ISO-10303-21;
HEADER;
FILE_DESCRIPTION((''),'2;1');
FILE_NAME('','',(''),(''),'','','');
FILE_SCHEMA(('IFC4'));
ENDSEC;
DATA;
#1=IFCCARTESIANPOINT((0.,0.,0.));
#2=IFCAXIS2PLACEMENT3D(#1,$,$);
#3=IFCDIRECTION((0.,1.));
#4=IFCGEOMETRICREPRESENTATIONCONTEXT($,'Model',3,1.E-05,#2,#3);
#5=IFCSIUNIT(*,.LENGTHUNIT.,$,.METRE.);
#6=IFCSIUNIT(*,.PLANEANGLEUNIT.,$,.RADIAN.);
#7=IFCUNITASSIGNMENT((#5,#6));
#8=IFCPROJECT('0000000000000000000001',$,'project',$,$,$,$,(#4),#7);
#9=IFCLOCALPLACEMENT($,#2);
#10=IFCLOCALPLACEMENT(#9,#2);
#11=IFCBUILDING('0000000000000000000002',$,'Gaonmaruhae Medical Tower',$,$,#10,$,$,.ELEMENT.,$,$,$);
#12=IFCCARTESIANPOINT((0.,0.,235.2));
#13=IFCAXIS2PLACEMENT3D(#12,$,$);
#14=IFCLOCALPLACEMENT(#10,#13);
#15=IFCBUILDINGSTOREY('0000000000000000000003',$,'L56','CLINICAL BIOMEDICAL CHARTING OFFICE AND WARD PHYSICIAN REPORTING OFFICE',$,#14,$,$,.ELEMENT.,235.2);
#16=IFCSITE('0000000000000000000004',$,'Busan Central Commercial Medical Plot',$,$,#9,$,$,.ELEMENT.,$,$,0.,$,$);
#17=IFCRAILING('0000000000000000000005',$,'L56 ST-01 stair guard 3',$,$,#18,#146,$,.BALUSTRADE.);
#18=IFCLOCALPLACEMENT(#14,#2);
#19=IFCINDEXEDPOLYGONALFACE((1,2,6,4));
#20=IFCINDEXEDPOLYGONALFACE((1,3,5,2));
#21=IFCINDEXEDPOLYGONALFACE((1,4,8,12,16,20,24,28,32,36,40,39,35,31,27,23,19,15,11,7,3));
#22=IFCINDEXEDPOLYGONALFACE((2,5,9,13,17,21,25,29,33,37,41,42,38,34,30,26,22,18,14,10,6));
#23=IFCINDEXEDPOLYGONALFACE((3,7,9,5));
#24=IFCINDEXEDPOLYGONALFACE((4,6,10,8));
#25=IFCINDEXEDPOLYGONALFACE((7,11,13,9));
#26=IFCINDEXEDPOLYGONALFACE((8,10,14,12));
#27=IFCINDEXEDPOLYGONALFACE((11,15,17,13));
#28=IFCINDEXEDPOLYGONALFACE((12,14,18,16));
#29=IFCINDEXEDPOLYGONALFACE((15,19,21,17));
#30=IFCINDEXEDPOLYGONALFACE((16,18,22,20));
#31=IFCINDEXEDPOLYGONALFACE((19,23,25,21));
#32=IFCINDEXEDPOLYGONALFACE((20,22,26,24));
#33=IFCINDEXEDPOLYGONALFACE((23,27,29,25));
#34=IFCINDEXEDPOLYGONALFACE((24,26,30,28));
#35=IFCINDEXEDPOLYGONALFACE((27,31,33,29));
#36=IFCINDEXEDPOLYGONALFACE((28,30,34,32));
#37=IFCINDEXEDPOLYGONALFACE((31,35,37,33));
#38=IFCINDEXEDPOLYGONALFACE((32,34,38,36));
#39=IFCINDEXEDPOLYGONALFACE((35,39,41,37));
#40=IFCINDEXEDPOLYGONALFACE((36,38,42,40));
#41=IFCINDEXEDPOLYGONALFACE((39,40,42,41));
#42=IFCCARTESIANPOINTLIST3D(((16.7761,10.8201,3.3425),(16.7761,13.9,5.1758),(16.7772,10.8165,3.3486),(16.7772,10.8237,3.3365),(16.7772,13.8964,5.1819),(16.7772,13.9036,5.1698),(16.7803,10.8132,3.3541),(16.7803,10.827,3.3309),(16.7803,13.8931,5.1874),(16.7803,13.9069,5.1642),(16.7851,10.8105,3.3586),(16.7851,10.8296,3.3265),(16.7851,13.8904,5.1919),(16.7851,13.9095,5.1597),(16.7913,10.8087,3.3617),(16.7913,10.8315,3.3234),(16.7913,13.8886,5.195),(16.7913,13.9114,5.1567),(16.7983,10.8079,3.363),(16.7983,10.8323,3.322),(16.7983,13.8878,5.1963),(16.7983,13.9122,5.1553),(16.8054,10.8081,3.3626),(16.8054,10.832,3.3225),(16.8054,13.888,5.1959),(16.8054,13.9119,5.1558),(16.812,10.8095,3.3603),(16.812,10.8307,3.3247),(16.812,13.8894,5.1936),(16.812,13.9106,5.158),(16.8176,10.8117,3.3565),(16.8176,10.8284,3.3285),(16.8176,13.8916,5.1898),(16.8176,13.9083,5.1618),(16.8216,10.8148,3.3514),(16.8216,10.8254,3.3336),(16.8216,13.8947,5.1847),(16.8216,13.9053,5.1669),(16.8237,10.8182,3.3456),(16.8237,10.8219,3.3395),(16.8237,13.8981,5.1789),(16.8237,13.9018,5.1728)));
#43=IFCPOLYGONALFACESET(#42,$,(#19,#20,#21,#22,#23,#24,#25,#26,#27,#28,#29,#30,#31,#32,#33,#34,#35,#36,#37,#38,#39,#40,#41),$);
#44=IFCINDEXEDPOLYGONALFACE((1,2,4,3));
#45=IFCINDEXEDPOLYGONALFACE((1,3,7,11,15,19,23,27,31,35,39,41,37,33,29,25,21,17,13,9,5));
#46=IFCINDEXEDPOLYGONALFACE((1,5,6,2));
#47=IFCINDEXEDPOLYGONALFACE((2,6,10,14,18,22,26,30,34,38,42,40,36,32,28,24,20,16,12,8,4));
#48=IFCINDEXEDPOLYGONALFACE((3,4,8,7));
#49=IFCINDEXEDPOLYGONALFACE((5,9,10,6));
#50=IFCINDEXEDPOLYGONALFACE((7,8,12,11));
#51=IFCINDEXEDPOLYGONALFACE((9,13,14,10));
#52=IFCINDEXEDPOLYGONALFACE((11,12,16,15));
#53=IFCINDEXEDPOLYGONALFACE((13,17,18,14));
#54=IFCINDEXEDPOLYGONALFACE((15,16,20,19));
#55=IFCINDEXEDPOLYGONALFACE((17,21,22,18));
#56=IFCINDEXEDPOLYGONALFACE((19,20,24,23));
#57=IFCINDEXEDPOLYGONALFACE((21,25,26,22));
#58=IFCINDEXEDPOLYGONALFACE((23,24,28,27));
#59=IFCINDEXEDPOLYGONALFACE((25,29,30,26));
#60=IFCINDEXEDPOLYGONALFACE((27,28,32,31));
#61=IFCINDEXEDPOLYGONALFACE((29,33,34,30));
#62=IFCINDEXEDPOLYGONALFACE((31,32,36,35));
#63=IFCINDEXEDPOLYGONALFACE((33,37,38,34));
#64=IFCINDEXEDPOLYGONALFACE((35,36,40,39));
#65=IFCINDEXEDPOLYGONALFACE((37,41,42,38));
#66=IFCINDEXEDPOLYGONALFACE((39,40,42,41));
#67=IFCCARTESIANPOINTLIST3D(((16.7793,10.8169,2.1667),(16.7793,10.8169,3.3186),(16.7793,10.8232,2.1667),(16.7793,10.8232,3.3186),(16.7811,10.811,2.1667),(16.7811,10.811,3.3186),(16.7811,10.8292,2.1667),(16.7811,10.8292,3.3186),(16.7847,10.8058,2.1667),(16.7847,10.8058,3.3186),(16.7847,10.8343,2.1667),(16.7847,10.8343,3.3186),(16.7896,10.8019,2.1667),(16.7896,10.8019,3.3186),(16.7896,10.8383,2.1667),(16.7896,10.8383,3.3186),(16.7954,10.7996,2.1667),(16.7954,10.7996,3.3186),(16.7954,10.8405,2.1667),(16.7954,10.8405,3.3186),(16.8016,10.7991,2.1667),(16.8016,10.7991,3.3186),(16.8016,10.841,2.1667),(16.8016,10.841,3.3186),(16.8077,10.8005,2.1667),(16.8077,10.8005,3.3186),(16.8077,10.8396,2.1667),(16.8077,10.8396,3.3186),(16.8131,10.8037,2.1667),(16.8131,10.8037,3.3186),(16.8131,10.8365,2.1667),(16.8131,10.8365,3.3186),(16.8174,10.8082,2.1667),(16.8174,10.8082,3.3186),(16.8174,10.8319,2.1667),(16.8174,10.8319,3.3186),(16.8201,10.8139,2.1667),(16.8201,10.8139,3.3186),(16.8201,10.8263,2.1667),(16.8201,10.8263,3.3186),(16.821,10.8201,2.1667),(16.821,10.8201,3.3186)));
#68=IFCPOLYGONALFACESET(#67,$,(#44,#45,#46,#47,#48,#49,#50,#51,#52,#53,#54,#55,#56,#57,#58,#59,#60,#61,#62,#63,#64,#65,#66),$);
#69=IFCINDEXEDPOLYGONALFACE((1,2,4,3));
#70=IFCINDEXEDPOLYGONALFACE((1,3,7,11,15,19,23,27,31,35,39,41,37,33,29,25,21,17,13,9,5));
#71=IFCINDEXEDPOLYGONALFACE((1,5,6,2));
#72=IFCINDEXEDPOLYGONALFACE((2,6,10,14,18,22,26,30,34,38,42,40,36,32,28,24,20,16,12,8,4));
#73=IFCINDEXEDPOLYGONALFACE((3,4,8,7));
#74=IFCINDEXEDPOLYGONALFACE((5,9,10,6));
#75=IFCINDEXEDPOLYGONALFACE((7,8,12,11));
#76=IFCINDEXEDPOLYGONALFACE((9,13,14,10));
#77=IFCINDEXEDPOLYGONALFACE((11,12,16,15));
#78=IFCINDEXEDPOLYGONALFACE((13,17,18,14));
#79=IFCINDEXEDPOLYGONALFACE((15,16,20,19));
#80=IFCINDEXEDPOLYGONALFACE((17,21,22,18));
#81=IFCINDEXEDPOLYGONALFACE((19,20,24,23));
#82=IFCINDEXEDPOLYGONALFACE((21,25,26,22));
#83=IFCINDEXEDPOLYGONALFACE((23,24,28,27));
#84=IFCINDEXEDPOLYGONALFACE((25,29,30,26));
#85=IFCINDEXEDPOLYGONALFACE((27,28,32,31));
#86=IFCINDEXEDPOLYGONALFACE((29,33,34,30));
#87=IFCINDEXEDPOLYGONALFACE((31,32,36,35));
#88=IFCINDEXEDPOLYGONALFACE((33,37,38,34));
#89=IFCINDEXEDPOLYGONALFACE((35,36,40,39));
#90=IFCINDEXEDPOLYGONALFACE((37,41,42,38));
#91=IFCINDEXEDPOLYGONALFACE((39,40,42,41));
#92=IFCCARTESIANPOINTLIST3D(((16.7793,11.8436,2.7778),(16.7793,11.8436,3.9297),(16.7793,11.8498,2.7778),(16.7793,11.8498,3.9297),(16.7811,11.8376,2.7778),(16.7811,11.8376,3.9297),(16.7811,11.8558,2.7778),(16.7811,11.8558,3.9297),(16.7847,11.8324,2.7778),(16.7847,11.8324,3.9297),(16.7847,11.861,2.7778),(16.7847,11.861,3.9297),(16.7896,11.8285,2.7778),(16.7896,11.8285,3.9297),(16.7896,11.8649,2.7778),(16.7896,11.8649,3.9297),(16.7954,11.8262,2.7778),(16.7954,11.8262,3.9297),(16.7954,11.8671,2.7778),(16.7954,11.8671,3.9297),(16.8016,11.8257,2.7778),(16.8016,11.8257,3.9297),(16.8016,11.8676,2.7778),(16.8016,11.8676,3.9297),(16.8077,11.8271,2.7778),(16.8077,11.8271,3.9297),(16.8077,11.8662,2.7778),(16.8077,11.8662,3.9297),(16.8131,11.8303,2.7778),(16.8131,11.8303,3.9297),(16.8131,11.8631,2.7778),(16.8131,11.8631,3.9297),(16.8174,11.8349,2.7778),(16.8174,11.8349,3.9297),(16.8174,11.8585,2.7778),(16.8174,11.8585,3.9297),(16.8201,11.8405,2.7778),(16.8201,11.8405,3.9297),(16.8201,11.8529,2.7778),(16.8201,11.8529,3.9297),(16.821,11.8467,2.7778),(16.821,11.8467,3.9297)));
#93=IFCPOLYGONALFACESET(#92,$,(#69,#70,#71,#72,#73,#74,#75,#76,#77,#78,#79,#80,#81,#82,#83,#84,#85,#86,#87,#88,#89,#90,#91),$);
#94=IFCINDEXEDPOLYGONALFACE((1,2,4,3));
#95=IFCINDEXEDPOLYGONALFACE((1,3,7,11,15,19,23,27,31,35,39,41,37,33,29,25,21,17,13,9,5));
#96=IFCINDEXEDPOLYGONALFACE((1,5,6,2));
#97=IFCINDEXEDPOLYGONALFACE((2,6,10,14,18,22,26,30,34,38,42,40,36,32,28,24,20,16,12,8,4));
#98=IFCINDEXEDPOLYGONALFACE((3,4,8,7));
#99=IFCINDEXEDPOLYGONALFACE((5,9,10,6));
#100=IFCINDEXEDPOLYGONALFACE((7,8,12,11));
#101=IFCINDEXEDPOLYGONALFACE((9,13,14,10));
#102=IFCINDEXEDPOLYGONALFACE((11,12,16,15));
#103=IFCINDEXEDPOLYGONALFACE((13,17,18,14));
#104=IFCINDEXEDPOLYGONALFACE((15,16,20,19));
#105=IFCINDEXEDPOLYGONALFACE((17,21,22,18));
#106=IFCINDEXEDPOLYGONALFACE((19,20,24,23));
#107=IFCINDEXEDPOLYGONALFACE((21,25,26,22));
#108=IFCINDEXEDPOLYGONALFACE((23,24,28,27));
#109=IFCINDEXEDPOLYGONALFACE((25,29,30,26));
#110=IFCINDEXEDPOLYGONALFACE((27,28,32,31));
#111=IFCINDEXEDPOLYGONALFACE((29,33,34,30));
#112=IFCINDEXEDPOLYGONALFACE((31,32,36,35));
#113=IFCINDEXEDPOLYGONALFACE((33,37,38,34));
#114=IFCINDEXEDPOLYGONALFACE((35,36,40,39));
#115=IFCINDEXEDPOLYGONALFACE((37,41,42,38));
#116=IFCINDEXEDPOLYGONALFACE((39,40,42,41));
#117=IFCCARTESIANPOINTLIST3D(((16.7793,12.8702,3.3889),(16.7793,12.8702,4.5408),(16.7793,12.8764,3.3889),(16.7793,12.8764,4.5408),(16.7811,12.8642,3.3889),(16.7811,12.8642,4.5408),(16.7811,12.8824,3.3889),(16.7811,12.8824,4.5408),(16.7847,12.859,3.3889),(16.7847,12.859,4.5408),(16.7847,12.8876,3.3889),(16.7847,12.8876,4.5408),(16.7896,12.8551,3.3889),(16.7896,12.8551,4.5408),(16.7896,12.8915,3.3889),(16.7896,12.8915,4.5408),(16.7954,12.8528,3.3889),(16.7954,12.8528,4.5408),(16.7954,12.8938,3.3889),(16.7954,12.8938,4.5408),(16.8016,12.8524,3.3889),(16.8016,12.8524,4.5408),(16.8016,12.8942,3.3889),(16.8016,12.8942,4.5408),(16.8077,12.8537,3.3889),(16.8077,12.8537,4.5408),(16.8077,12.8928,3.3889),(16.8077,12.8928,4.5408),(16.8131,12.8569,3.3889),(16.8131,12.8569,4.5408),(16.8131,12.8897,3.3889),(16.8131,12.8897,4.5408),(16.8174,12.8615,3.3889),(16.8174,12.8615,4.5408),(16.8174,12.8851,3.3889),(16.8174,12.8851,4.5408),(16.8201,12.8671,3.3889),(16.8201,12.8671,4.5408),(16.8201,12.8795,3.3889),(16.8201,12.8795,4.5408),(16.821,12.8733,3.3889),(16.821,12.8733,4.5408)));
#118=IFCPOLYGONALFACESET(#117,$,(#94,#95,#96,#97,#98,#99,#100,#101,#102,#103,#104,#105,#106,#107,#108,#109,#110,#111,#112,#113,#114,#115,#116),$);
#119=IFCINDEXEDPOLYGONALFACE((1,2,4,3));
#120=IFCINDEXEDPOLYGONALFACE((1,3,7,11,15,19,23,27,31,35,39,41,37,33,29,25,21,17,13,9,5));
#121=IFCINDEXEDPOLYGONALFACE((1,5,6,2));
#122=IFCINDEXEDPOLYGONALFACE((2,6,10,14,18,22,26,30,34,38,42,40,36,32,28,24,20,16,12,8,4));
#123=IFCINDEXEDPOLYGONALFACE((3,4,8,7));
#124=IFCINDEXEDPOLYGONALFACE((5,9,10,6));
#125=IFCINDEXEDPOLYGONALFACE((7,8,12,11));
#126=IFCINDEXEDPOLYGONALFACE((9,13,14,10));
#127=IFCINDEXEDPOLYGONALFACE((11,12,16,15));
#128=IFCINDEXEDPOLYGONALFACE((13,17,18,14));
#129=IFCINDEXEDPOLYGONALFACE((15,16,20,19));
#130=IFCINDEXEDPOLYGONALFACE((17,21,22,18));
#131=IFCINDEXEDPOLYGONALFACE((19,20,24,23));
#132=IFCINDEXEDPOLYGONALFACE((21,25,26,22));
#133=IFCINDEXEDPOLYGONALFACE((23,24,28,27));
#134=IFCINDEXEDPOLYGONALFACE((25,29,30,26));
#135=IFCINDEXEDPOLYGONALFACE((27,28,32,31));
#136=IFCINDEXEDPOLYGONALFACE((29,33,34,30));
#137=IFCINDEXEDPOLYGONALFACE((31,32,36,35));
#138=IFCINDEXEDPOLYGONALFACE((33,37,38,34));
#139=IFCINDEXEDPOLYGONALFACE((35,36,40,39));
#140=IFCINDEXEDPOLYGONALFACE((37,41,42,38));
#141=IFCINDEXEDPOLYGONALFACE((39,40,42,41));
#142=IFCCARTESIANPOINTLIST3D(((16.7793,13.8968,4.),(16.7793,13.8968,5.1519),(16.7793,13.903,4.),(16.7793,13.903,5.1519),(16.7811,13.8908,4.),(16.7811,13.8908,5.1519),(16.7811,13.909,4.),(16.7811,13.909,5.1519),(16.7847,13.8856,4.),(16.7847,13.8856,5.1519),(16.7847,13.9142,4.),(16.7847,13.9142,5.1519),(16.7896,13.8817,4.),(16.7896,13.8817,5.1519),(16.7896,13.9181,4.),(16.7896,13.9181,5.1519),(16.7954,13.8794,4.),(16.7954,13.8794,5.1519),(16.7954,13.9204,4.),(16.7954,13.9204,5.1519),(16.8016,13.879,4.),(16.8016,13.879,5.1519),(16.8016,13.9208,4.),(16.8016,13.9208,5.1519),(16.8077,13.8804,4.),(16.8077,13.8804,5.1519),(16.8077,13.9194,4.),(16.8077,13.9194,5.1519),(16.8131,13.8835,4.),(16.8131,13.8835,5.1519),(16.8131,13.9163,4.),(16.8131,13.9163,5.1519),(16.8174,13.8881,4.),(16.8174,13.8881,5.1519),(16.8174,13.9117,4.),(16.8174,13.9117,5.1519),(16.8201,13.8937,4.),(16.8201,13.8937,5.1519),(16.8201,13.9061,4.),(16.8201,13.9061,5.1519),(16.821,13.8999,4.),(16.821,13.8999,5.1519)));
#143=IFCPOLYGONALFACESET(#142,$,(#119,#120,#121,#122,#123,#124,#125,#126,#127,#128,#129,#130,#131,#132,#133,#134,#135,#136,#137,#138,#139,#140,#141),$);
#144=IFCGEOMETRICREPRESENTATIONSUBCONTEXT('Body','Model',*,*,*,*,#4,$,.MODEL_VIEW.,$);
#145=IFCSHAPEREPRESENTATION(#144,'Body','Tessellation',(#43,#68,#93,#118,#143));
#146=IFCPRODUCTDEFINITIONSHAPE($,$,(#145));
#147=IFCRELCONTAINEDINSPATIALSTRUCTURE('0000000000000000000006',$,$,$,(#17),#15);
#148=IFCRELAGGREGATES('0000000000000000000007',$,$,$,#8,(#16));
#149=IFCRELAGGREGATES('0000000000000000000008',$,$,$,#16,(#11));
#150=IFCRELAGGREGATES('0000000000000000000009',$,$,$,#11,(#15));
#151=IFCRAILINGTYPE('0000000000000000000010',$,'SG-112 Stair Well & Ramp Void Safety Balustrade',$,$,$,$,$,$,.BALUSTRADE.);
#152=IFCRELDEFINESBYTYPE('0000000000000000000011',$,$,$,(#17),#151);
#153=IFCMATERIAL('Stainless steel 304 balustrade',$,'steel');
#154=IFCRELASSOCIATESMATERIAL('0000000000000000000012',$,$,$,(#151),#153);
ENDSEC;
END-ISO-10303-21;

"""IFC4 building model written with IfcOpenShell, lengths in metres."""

from ifc_helpers import new_model, si_unit, direction, frame, origin, origin_2d, place, context, subcontext, project, spatial, circle, extrude, material, type_object, element, save


model = new_model("IFC4")

# Units and contexts
model_context = context("Model", 3, precision=1e-05, world=origin(), true_north=direction((0.0, 1.0)))
body_context = subcontext(model_context, "Body", "Model", "MODEL_VIEW")
ifc_project = project(units=[si_unit("LENGTHUNIT", "METRE"), si_unit("PLANEANGLEUNIT", "RADIAN")], contexts=[model_context])

# Site, building, storey
site_placement = place(None, origin())
site = spatial("IfcSite", under=ifc_project, at=site_placement, Name="Busan Central Commercial Medical Plot", CompositionType="ELEMENT", RefElevation=0.0)
building_placement = place(site_placement, origin())
building = spatial("IfcBuilding", under=site, at=building_placement, Name="Gaonmaruhae Medical Tower", CompositionType="ELEMENT")
storey_placement = place(building_placement, frame((0.0, 0.0, 235.2)))
storey = spatial("IfcBuildingStorey", under=building, at=storey_placement, Name="L56", Description="CLINICAL BIOMEDICAL CHARTING OFFICE AND WARD PHYSICIAN REPORTING OFFICE", CompositionType="ELEMENT", Elevation=235.2)

# Railing
ifc_material_1 = material(Name="Stainless steel 304 balustrade", Category="steel")
railing_type_1 = type_object("IfcRailingType", Name="SG-112 Stair Well & Ramp Void Safety Balustrade", PredefinedType="BALUSTRADE", material=ifc_material_1)
railing_1_placement = place(storey_placement, frame((16.8, 10.8201, 2.1667)))
element("IfcRailing", 1, at=railing_1_placement, inside=storey, type_object=railing_type_1, Name="L56 ST-01 stair guard 3", PredefinedType="BALUSTRADE", context=body_context, shape_type="SweptSolid", body=[
    extrude(circle(Radius=0.0239, at=origin_2d()), frame((0.0, 0.0, 1.1758), z_axis=(0.0, 0.859291, 0.511487), x_axis=(-1.0, 0.0, 0.0)), (0.0, 0.0, 1.0), 3.5842),
    extrude(circle(Radius=0.021, at=origin_2d()), origin(), (0.0, 0.0, 1.0), 1.1519),
    extrude(circle(Radius=0.021, at=origin_2d()), frame((0.0, 1.0266, 0.6111)), (0.0, 0.0, 1.0), 1.1519),
    extrude(circle(Radius=0.021, at=origin_2d()), frame((0.0, 2.0532, 1.2222)), (0.0, 0.0, 1.0), 1.1519),
    extrude(circle(Radius=0.021, at=origin_2d()), frame((0.0, 3.0798, 1.8333)), (0.0, 0.0, 1.0), 1.1519),
])

save(model, "model.ifc")
